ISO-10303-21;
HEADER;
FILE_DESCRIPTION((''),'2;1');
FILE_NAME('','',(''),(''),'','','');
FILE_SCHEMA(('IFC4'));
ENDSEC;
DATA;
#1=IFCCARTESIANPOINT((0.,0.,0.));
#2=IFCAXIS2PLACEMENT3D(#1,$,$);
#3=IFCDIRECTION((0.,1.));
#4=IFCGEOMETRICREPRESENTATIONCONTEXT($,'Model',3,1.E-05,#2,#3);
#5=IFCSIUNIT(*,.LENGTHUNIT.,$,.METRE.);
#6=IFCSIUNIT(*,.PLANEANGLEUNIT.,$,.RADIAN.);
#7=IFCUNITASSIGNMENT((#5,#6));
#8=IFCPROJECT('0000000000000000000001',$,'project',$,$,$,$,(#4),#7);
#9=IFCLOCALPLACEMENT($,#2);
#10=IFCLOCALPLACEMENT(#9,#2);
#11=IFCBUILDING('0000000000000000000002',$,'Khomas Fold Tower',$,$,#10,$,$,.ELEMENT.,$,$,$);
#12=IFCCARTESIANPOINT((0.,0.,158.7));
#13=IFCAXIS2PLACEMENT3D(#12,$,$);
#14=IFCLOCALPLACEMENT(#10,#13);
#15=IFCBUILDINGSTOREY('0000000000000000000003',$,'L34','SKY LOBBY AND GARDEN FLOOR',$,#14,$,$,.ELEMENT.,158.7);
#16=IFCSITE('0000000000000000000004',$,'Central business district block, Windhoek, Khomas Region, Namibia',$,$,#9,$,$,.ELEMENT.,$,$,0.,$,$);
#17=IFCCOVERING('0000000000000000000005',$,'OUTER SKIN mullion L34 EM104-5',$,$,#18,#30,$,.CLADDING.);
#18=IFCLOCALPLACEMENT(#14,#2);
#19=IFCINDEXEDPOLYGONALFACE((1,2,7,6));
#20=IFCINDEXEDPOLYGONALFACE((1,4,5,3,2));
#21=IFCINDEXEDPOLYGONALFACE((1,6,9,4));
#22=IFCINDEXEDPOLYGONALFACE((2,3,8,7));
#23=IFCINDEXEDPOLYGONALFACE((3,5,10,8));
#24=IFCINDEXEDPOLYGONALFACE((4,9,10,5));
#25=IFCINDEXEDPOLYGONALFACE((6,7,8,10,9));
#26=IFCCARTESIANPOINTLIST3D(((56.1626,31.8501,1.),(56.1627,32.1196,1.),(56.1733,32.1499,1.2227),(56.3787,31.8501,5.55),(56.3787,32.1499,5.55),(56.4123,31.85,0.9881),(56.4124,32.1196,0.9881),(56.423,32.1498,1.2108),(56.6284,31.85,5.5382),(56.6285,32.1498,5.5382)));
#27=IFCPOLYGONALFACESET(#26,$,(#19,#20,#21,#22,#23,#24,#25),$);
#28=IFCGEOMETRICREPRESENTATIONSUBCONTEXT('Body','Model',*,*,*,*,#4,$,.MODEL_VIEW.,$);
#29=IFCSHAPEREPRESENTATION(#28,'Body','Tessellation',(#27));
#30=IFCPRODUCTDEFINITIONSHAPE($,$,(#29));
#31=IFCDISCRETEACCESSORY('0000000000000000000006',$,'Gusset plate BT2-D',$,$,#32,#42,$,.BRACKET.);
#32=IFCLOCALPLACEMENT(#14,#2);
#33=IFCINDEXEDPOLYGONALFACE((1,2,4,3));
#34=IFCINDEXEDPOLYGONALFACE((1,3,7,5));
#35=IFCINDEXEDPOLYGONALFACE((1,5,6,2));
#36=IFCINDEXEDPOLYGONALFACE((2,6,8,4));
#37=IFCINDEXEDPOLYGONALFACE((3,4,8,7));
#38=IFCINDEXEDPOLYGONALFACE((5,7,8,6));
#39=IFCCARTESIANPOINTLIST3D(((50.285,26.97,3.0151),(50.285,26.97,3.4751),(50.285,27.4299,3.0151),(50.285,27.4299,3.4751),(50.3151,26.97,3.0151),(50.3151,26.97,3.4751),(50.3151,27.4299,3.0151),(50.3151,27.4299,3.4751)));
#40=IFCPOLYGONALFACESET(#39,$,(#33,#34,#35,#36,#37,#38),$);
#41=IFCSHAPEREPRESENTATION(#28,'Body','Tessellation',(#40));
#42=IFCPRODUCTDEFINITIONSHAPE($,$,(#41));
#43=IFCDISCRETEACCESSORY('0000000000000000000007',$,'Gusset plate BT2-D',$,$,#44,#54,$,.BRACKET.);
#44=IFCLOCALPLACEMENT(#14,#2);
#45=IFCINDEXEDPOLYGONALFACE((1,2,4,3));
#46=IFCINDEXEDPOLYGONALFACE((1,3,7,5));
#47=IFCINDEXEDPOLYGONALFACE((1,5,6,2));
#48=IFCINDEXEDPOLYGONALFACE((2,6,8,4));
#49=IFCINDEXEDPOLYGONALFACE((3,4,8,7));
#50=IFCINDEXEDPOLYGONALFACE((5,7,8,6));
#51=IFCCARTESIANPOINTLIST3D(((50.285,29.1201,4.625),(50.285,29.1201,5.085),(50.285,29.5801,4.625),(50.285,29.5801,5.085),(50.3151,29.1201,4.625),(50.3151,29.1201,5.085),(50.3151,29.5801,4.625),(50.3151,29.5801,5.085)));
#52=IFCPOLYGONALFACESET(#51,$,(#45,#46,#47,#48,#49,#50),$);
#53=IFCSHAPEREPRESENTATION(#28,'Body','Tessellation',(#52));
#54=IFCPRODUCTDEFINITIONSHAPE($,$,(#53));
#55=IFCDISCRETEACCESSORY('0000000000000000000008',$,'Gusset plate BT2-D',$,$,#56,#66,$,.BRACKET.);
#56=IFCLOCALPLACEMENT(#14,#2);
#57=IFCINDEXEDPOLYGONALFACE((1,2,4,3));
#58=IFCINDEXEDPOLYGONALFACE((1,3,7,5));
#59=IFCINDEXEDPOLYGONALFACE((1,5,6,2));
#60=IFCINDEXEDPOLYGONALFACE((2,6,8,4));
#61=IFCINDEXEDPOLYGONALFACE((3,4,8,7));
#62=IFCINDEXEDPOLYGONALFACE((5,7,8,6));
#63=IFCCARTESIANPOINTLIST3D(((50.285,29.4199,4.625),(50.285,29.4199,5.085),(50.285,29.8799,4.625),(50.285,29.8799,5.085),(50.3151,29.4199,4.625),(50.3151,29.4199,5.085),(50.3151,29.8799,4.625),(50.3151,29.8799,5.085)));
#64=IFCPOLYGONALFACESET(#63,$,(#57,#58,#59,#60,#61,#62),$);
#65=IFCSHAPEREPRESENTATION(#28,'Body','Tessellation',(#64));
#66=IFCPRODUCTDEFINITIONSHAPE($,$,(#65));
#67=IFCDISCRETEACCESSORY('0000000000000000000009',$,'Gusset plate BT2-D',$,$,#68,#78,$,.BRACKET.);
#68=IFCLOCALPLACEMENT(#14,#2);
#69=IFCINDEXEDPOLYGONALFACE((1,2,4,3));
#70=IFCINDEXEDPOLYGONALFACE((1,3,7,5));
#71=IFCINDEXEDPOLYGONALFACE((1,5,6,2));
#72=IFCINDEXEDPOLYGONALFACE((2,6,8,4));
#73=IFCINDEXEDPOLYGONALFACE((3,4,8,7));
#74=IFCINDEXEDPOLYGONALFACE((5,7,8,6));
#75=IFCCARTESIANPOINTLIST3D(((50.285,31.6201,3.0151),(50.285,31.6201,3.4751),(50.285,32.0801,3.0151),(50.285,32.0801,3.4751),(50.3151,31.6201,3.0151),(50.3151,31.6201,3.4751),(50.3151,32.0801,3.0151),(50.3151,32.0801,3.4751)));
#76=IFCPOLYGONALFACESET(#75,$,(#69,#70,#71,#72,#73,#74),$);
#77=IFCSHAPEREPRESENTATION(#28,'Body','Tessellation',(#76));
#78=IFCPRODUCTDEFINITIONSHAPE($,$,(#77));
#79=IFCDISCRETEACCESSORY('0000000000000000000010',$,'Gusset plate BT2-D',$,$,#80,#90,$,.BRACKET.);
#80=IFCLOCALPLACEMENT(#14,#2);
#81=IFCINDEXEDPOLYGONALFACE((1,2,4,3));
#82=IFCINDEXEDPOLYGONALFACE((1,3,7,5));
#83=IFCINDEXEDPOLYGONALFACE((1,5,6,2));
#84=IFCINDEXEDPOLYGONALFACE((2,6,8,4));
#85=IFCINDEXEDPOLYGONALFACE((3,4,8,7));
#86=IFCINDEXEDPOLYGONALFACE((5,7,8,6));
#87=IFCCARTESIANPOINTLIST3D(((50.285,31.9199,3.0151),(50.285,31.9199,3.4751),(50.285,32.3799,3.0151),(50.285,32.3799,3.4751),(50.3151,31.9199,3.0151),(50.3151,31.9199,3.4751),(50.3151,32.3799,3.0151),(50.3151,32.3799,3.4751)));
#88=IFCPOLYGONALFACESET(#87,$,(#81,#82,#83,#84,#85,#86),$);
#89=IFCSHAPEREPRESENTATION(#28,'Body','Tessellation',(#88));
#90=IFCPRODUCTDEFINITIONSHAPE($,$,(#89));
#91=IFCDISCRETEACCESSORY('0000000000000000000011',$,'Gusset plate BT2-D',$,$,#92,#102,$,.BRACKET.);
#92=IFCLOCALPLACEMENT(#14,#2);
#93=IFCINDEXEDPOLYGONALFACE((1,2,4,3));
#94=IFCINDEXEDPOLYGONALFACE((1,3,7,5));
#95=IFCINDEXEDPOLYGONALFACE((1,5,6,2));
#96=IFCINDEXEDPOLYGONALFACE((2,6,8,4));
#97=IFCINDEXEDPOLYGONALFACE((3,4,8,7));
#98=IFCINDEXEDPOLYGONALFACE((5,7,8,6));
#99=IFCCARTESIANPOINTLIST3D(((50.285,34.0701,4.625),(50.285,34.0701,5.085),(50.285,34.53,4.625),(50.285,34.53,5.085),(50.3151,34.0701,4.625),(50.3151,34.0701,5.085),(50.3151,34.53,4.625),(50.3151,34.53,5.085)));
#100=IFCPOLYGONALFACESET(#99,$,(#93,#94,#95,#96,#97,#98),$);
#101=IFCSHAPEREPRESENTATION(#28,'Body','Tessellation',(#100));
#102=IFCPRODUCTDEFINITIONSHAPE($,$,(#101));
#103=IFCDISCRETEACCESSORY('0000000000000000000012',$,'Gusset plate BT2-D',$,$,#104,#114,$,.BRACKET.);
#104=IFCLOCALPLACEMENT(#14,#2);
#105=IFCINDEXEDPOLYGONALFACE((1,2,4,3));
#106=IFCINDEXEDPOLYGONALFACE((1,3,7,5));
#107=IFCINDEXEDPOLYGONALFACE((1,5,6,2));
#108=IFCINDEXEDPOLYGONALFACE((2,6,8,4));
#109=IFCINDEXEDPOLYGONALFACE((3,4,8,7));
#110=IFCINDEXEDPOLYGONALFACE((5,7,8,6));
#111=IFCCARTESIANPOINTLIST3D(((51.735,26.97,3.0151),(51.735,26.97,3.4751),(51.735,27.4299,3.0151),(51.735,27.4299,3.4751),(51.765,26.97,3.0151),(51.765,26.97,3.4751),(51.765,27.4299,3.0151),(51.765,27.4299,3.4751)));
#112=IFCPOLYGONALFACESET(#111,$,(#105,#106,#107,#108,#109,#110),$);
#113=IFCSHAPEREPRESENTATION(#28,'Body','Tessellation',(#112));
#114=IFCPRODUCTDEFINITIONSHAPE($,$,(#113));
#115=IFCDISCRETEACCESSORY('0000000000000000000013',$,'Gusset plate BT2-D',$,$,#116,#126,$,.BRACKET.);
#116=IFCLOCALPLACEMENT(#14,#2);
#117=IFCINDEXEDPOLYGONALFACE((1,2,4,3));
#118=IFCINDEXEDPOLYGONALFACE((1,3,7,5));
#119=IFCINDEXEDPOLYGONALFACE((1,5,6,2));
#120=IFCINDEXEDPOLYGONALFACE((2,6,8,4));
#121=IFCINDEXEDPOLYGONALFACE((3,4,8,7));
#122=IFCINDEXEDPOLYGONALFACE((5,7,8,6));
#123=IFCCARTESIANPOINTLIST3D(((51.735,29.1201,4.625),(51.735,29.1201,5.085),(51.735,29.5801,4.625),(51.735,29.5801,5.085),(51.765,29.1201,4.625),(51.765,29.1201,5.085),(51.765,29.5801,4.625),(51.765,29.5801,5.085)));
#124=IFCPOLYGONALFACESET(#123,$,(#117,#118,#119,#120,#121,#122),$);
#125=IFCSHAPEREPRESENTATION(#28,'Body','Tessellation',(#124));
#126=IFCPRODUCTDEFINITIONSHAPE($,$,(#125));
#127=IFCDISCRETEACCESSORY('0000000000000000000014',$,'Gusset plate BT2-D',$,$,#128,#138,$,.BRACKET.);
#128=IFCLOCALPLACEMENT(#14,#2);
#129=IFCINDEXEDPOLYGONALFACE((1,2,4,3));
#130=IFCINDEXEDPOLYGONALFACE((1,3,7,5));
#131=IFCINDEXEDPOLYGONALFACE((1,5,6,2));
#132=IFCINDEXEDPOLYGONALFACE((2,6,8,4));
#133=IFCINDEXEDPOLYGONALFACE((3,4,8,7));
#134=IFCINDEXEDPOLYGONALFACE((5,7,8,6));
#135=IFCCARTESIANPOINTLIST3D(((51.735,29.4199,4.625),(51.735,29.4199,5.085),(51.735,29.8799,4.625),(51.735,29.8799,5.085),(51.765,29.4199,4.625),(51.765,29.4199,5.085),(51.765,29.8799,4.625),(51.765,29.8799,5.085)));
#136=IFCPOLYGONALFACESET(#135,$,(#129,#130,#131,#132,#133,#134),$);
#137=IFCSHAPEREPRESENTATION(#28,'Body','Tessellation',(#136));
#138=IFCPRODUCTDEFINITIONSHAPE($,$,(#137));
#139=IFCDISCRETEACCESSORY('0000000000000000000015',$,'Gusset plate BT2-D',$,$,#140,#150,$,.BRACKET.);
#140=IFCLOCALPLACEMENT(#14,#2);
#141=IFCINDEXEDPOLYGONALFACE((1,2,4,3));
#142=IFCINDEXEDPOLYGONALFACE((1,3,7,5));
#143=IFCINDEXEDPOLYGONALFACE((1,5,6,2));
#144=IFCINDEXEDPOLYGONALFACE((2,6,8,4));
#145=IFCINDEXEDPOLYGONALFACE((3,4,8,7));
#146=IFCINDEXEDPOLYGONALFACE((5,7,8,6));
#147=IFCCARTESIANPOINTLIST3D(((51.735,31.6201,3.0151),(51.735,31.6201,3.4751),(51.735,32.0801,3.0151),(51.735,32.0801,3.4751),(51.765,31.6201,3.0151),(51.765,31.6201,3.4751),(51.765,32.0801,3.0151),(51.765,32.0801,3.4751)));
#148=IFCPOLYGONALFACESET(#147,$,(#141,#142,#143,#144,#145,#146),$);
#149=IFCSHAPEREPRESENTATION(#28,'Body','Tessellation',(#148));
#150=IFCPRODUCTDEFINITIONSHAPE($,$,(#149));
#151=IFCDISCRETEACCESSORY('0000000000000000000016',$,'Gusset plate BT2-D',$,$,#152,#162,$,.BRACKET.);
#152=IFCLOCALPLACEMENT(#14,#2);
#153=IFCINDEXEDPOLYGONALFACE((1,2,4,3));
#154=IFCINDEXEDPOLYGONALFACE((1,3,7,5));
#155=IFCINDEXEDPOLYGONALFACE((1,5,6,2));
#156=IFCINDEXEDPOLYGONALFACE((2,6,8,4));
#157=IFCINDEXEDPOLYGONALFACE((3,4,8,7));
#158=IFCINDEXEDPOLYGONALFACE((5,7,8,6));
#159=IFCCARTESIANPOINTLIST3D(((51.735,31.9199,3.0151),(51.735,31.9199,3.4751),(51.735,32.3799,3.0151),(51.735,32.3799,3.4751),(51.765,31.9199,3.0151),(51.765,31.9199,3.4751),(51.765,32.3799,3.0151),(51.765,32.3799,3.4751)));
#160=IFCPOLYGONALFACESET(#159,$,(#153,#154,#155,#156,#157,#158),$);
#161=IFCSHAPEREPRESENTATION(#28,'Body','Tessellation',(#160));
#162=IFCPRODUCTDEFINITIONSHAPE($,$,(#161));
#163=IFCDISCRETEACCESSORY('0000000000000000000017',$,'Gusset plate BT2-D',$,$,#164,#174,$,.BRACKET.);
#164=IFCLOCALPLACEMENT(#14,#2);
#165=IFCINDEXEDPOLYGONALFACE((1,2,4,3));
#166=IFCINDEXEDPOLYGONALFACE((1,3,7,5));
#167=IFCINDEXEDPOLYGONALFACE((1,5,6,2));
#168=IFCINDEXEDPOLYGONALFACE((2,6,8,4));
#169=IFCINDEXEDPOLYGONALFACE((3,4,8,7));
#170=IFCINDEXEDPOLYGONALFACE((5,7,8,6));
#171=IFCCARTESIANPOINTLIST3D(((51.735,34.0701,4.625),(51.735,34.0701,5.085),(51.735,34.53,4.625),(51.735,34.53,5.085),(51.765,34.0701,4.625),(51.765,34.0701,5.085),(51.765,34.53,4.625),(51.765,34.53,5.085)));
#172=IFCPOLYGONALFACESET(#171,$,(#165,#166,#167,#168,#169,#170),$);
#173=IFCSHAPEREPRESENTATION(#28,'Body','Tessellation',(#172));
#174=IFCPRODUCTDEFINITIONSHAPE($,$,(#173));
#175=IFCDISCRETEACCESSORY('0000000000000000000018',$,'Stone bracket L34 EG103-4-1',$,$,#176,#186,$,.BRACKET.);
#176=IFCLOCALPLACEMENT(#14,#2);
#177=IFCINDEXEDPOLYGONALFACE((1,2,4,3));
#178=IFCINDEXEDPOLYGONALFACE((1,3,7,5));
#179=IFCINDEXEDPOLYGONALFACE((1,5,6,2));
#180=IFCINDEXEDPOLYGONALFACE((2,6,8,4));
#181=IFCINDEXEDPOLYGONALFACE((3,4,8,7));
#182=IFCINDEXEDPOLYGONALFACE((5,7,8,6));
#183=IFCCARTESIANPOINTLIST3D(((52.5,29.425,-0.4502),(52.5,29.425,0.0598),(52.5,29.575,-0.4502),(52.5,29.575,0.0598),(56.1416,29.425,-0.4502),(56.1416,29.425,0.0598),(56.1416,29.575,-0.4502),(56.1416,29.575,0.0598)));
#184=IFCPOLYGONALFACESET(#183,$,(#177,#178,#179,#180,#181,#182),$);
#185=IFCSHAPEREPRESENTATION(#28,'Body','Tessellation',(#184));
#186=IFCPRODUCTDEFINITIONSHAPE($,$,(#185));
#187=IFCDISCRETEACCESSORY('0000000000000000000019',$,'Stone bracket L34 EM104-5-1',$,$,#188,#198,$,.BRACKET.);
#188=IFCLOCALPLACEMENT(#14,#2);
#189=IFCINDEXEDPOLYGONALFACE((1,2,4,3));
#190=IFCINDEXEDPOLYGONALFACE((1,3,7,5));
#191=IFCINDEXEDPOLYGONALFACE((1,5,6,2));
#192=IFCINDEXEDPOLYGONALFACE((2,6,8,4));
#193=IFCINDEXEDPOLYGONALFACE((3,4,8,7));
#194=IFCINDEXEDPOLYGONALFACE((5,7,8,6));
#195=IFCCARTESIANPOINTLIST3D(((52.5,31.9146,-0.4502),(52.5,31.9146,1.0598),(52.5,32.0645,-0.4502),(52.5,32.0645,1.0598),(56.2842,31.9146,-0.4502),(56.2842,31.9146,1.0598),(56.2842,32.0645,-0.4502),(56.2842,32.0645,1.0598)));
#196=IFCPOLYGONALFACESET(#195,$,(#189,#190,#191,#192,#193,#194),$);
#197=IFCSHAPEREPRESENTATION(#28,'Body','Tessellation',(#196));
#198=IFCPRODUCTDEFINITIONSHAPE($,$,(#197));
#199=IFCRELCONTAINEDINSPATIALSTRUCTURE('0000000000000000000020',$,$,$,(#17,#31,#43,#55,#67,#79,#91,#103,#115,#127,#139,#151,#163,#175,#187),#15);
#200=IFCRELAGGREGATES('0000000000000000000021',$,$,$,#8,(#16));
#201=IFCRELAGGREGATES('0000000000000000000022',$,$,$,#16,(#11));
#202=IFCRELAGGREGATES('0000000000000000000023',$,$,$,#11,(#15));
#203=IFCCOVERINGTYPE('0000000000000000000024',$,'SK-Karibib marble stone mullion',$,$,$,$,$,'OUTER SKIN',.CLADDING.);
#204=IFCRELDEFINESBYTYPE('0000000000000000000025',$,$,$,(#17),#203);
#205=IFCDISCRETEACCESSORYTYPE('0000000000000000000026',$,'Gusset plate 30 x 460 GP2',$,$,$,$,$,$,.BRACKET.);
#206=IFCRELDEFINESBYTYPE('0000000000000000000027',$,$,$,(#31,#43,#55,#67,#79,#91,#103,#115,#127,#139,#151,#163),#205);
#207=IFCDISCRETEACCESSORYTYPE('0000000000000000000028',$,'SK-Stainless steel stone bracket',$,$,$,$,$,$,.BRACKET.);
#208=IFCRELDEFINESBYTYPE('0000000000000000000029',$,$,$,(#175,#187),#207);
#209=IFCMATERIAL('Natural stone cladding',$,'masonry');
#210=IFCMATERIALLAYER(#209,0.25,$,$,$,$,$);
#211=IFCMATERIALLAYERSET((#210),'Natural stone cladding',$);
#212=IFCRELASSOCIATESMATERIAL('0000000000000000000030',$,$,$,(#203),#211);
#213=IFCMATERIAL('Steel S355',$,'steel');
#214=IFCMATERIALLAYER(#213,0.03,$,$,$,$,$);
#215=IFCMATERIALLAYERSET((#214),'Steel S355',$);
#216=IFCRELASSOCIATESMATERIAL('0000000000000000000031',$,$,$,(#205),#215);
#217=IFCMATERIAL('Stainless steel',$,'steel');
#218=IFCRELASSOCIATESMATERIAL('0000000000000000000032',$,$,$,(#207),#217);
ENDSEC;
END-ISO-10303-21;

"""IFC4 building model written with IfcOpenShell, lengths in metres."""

from ifc_helpers import new_model, si_unit, direction, frame, origin, origin_2d, place, context, subcontext, project, spatial, polyline, rectangle, outline, extrude, source, transform, mapped, material, layer, layer_set, type_object, element, save


model = new_model("IFC4")

# Units and contexts
model_context = context("Model", 3, precision=1e-05, world=origin(), true_north=direction((0.0, 1.0)))
body_context = subcontext(model_context, "Body", "Model", "MODEL_VIEW")
ifc_project = project(units=[si_unit("LENGTHUNIT", "METRE"), si_unit("PLANEANGLEUNIT", "RADIAN")], contexts=[model_context])

# Site, building, storey
site_placement = place(None, origin())
site = spatial("IfcSite", under=ifc_project, at=site_placement, Name="Central business district block, Windhoek, Khomas Region, Namibia", CompositionType="ELEMENT", RefElevation=0.0)
building_placement = place(site_placement, origin())
building = spatial("IfcBuilding", under=site, at=building_placement, Name="Khomas Fold Tower", CompositionType="ELEMENT")
storey_placement = place(building_placement, frame((0.0, 0.0, 158.7)))
storey = spatial("IfcBuildingStorey", under=building, at=storey_placement, Name="L34", Description="SKY LOBBY AND GARDEN FLOOR", CompositionType="ELEMENT", Elevation=158.7)

# Covering
ifc_material_1 = material(Name="Natural stone cladding", Category="masonry")
ifc_layer_1 = layer(ifc_material_1, 0.25)
ifc_layer_set_1 = layer_set([ifc_layer_1], Name="Natural stone cladding")
covering_type = type_object("IfcCoveringType", Name="SK-Karibib marble stone mullion", ElementType="OUTER SKIN", PredefinedType="CLADDING", material=ifc_layer_set_1)
covering_placement = place(storey_placement, frame((56.3787, 31.8501, 5.55), z_axis=(-0.998874, 0.000282, 0.047431), x_axis=(0.000282, 1.0, -0.000013)))
element("IfcCovering", 1, at=covering_placement, inside=storey, type_object=covering_type, Name="OUTER SKIN mullion L34 EM104-5", PredefinedType="CLADDING", context=body_context, shape_type="SweptSolid", body=[
    extrude(outline(polyline([(0.0, 0.0), (0.2998, 0.0), (0.2998, 4.3323), (0.2695, 4.5552), (0.0, 4.5552), (0.0, 0.0)])), origin(), (0.0, 0.0, -1.0), 0.25),
])

# Discrete accessories
ifc_material_2 = material(Name="Steel S355", Category="steel")
ifc_layer_2 = layer(ifc_material_2, 0.03)
ifc_layer_set_2 = layer_set([ifc_layer_2], Name="Steel S355")
discrete_accessory_type_1 = type_object("IfcDiscreteAccessoryType", Name="Gusset plate 30 x 460 GP2", PredefinedType="BRACKET", material=ifc_layer_set_2)
shared_shape_1 = source(origin(), body_context, "Body", "SweptSolid", [
    extrude(rectangle(XDim=0.46, YDim=0.03, at=origin_2d()), origin(), (0.0, 0.0, 1.0), 0.46),
])
for number, where, z_axis, x_axis, name in (
    (2, (50.3, 27.2, 3.0151), (0.0, 0.0, 1.0), (0.0, 1.0, 0.0), "Gusset plate BT2-D"),
    (3, (50.3, 29.3501, 4.625), (0.0, 0.0, 1.0), (0.0, 1.0, 0.0), "Gusset plate BT2-D"),
    (4, (50.3, 29.6499, 4.625), (0.0, 0.0, 1.0), (0.0, 1.0, 0.0), "Gusset plate BT2-D"),
    (5, (50.3, 31.8501, 3.0151), (0.0, 0.0, 1.0), (0.0, 1.0, 0.0), "Gusset plate BT2-D"),
    (6, (50.3, 32.1499, 3.0151), (0.0, 0.0, 1.0), (0.0, 1.0, 0.0), "Gusset plate BT2-D"),
    (7, (50.3, 34.3, 4.625), (0.0, 0.0, 1.0), (0.0, 1.0, 0.0), "Gusset plate BT2-D"),
    (8, (51.75, 27.2, 3.0151), (0.0, 0.0, 1.0), (0.0, 1.0, 0.0), "Gusset plate BT2-D"),
    (9, (51.75, 29.3501, 4.625), (0.0, 0.0, 1.0), (0.0, 1.0, 0.0), "Gusset plate BT2-D"),
    (10, (51.75, 29.6499, 4.625), (0.0, 0.0, 1.0), (0.0, 1.0, 0.0), "Gusset plate BT2-D"),
    (11, (51.75, 31.8501, 3.0151), (0.0, 0.0, 1.0), (0.0, 1.0, 0.0), "Gusset plate BT2-D"),
    (12, (51.75, 32.1499, 3.0151), (0.0, 0.0, 1.0), (0.0, 1.0, 0.0), "Gusset plate BT2-D"),
    (13, (51.75, 34.3, 4.625), (0.0, 0.0, 1.0), (0.0, 1.0, 0.0), "Gusset plate BT2-D"),
):
    element("IfcDiscreteAccessory", number, at=place(storey_placement, frame(where, z_axis=z_axis, x_axis=x_axis)), inside=storey, type_object=discrete_accessory_type_1, Name=name, PredefinedType="BRACKET", context=body_context, shape_type="MappedRepresentation", body=[
        mapped(shared_shape_1, transform((0.0, 0.0, 0.0))),
    ])
ifc_material_3 = material(Name="Stainless steel", Category="steel")
discrete_accessory_type_2 = type_object("IfcDiscreteAccessoryType", Name="SK-Stainless steel stone bracket", PredefinedType="BRACKET", material=ifc_material_3)
shared_shape_2 = source(origin(), body_context, "Body", "SweptSolid", [
    extrude(rectangle(XDim=3.6416, YDim=0.1499, at=origin_2d()), origin(), (0.0, 0.0, 1.0), 0.51),
])
discrete_accessory_1_placement = place(storey_placement, frame((54.3208, 29.5, -0.4502), z_axis=(0.0, 0.0, 1.0), x_axis=(1.0, 0.0, 0.0)))
element("IfcDiscreteAccessory", 14, at=discrete_accessory_1_placement, inside=storey, type_object=discrete_accessory_type_2, Name="Stone bracket L34 EG103-4-1", PredefinedType="BRACKET", context=body_context, shape_type="MappedRepresentation", body=[
    mapped(shared_shape_2, transform((0.0, 0.0, 0.0))),
])
shared_shape_3 = source(origin(), body_context, "Body", "SweptSolid", [
    extrude(rectangle(XDim=3.7842, YDim=0.1499, at=origin_2d()), origin(), (0.0, 0.0, 1.0), 1.51),
])
discrete_accessory_2_placement = place(storey_placement, frame((54.3921, 31.9895, -0.4502), z_axis=(0.0, 0.0, 1.0), x_axis=(1.0, 0.0, 0.0)))
element("IfcDiscreteAccessory", 15, at=discrete_accessory_2_placement, inside=storey, type_object=discrete_accessory_type_2, Name="Stone bracket L34 EM104-5-1", PredefinedType="BRACKET", context=body_context, shape_type="MappedRepresentation", body=[
    mapped(shared_shape_3, transform((0.0, 0.0, 0.0))),
])

save(model, "model.ifc")
